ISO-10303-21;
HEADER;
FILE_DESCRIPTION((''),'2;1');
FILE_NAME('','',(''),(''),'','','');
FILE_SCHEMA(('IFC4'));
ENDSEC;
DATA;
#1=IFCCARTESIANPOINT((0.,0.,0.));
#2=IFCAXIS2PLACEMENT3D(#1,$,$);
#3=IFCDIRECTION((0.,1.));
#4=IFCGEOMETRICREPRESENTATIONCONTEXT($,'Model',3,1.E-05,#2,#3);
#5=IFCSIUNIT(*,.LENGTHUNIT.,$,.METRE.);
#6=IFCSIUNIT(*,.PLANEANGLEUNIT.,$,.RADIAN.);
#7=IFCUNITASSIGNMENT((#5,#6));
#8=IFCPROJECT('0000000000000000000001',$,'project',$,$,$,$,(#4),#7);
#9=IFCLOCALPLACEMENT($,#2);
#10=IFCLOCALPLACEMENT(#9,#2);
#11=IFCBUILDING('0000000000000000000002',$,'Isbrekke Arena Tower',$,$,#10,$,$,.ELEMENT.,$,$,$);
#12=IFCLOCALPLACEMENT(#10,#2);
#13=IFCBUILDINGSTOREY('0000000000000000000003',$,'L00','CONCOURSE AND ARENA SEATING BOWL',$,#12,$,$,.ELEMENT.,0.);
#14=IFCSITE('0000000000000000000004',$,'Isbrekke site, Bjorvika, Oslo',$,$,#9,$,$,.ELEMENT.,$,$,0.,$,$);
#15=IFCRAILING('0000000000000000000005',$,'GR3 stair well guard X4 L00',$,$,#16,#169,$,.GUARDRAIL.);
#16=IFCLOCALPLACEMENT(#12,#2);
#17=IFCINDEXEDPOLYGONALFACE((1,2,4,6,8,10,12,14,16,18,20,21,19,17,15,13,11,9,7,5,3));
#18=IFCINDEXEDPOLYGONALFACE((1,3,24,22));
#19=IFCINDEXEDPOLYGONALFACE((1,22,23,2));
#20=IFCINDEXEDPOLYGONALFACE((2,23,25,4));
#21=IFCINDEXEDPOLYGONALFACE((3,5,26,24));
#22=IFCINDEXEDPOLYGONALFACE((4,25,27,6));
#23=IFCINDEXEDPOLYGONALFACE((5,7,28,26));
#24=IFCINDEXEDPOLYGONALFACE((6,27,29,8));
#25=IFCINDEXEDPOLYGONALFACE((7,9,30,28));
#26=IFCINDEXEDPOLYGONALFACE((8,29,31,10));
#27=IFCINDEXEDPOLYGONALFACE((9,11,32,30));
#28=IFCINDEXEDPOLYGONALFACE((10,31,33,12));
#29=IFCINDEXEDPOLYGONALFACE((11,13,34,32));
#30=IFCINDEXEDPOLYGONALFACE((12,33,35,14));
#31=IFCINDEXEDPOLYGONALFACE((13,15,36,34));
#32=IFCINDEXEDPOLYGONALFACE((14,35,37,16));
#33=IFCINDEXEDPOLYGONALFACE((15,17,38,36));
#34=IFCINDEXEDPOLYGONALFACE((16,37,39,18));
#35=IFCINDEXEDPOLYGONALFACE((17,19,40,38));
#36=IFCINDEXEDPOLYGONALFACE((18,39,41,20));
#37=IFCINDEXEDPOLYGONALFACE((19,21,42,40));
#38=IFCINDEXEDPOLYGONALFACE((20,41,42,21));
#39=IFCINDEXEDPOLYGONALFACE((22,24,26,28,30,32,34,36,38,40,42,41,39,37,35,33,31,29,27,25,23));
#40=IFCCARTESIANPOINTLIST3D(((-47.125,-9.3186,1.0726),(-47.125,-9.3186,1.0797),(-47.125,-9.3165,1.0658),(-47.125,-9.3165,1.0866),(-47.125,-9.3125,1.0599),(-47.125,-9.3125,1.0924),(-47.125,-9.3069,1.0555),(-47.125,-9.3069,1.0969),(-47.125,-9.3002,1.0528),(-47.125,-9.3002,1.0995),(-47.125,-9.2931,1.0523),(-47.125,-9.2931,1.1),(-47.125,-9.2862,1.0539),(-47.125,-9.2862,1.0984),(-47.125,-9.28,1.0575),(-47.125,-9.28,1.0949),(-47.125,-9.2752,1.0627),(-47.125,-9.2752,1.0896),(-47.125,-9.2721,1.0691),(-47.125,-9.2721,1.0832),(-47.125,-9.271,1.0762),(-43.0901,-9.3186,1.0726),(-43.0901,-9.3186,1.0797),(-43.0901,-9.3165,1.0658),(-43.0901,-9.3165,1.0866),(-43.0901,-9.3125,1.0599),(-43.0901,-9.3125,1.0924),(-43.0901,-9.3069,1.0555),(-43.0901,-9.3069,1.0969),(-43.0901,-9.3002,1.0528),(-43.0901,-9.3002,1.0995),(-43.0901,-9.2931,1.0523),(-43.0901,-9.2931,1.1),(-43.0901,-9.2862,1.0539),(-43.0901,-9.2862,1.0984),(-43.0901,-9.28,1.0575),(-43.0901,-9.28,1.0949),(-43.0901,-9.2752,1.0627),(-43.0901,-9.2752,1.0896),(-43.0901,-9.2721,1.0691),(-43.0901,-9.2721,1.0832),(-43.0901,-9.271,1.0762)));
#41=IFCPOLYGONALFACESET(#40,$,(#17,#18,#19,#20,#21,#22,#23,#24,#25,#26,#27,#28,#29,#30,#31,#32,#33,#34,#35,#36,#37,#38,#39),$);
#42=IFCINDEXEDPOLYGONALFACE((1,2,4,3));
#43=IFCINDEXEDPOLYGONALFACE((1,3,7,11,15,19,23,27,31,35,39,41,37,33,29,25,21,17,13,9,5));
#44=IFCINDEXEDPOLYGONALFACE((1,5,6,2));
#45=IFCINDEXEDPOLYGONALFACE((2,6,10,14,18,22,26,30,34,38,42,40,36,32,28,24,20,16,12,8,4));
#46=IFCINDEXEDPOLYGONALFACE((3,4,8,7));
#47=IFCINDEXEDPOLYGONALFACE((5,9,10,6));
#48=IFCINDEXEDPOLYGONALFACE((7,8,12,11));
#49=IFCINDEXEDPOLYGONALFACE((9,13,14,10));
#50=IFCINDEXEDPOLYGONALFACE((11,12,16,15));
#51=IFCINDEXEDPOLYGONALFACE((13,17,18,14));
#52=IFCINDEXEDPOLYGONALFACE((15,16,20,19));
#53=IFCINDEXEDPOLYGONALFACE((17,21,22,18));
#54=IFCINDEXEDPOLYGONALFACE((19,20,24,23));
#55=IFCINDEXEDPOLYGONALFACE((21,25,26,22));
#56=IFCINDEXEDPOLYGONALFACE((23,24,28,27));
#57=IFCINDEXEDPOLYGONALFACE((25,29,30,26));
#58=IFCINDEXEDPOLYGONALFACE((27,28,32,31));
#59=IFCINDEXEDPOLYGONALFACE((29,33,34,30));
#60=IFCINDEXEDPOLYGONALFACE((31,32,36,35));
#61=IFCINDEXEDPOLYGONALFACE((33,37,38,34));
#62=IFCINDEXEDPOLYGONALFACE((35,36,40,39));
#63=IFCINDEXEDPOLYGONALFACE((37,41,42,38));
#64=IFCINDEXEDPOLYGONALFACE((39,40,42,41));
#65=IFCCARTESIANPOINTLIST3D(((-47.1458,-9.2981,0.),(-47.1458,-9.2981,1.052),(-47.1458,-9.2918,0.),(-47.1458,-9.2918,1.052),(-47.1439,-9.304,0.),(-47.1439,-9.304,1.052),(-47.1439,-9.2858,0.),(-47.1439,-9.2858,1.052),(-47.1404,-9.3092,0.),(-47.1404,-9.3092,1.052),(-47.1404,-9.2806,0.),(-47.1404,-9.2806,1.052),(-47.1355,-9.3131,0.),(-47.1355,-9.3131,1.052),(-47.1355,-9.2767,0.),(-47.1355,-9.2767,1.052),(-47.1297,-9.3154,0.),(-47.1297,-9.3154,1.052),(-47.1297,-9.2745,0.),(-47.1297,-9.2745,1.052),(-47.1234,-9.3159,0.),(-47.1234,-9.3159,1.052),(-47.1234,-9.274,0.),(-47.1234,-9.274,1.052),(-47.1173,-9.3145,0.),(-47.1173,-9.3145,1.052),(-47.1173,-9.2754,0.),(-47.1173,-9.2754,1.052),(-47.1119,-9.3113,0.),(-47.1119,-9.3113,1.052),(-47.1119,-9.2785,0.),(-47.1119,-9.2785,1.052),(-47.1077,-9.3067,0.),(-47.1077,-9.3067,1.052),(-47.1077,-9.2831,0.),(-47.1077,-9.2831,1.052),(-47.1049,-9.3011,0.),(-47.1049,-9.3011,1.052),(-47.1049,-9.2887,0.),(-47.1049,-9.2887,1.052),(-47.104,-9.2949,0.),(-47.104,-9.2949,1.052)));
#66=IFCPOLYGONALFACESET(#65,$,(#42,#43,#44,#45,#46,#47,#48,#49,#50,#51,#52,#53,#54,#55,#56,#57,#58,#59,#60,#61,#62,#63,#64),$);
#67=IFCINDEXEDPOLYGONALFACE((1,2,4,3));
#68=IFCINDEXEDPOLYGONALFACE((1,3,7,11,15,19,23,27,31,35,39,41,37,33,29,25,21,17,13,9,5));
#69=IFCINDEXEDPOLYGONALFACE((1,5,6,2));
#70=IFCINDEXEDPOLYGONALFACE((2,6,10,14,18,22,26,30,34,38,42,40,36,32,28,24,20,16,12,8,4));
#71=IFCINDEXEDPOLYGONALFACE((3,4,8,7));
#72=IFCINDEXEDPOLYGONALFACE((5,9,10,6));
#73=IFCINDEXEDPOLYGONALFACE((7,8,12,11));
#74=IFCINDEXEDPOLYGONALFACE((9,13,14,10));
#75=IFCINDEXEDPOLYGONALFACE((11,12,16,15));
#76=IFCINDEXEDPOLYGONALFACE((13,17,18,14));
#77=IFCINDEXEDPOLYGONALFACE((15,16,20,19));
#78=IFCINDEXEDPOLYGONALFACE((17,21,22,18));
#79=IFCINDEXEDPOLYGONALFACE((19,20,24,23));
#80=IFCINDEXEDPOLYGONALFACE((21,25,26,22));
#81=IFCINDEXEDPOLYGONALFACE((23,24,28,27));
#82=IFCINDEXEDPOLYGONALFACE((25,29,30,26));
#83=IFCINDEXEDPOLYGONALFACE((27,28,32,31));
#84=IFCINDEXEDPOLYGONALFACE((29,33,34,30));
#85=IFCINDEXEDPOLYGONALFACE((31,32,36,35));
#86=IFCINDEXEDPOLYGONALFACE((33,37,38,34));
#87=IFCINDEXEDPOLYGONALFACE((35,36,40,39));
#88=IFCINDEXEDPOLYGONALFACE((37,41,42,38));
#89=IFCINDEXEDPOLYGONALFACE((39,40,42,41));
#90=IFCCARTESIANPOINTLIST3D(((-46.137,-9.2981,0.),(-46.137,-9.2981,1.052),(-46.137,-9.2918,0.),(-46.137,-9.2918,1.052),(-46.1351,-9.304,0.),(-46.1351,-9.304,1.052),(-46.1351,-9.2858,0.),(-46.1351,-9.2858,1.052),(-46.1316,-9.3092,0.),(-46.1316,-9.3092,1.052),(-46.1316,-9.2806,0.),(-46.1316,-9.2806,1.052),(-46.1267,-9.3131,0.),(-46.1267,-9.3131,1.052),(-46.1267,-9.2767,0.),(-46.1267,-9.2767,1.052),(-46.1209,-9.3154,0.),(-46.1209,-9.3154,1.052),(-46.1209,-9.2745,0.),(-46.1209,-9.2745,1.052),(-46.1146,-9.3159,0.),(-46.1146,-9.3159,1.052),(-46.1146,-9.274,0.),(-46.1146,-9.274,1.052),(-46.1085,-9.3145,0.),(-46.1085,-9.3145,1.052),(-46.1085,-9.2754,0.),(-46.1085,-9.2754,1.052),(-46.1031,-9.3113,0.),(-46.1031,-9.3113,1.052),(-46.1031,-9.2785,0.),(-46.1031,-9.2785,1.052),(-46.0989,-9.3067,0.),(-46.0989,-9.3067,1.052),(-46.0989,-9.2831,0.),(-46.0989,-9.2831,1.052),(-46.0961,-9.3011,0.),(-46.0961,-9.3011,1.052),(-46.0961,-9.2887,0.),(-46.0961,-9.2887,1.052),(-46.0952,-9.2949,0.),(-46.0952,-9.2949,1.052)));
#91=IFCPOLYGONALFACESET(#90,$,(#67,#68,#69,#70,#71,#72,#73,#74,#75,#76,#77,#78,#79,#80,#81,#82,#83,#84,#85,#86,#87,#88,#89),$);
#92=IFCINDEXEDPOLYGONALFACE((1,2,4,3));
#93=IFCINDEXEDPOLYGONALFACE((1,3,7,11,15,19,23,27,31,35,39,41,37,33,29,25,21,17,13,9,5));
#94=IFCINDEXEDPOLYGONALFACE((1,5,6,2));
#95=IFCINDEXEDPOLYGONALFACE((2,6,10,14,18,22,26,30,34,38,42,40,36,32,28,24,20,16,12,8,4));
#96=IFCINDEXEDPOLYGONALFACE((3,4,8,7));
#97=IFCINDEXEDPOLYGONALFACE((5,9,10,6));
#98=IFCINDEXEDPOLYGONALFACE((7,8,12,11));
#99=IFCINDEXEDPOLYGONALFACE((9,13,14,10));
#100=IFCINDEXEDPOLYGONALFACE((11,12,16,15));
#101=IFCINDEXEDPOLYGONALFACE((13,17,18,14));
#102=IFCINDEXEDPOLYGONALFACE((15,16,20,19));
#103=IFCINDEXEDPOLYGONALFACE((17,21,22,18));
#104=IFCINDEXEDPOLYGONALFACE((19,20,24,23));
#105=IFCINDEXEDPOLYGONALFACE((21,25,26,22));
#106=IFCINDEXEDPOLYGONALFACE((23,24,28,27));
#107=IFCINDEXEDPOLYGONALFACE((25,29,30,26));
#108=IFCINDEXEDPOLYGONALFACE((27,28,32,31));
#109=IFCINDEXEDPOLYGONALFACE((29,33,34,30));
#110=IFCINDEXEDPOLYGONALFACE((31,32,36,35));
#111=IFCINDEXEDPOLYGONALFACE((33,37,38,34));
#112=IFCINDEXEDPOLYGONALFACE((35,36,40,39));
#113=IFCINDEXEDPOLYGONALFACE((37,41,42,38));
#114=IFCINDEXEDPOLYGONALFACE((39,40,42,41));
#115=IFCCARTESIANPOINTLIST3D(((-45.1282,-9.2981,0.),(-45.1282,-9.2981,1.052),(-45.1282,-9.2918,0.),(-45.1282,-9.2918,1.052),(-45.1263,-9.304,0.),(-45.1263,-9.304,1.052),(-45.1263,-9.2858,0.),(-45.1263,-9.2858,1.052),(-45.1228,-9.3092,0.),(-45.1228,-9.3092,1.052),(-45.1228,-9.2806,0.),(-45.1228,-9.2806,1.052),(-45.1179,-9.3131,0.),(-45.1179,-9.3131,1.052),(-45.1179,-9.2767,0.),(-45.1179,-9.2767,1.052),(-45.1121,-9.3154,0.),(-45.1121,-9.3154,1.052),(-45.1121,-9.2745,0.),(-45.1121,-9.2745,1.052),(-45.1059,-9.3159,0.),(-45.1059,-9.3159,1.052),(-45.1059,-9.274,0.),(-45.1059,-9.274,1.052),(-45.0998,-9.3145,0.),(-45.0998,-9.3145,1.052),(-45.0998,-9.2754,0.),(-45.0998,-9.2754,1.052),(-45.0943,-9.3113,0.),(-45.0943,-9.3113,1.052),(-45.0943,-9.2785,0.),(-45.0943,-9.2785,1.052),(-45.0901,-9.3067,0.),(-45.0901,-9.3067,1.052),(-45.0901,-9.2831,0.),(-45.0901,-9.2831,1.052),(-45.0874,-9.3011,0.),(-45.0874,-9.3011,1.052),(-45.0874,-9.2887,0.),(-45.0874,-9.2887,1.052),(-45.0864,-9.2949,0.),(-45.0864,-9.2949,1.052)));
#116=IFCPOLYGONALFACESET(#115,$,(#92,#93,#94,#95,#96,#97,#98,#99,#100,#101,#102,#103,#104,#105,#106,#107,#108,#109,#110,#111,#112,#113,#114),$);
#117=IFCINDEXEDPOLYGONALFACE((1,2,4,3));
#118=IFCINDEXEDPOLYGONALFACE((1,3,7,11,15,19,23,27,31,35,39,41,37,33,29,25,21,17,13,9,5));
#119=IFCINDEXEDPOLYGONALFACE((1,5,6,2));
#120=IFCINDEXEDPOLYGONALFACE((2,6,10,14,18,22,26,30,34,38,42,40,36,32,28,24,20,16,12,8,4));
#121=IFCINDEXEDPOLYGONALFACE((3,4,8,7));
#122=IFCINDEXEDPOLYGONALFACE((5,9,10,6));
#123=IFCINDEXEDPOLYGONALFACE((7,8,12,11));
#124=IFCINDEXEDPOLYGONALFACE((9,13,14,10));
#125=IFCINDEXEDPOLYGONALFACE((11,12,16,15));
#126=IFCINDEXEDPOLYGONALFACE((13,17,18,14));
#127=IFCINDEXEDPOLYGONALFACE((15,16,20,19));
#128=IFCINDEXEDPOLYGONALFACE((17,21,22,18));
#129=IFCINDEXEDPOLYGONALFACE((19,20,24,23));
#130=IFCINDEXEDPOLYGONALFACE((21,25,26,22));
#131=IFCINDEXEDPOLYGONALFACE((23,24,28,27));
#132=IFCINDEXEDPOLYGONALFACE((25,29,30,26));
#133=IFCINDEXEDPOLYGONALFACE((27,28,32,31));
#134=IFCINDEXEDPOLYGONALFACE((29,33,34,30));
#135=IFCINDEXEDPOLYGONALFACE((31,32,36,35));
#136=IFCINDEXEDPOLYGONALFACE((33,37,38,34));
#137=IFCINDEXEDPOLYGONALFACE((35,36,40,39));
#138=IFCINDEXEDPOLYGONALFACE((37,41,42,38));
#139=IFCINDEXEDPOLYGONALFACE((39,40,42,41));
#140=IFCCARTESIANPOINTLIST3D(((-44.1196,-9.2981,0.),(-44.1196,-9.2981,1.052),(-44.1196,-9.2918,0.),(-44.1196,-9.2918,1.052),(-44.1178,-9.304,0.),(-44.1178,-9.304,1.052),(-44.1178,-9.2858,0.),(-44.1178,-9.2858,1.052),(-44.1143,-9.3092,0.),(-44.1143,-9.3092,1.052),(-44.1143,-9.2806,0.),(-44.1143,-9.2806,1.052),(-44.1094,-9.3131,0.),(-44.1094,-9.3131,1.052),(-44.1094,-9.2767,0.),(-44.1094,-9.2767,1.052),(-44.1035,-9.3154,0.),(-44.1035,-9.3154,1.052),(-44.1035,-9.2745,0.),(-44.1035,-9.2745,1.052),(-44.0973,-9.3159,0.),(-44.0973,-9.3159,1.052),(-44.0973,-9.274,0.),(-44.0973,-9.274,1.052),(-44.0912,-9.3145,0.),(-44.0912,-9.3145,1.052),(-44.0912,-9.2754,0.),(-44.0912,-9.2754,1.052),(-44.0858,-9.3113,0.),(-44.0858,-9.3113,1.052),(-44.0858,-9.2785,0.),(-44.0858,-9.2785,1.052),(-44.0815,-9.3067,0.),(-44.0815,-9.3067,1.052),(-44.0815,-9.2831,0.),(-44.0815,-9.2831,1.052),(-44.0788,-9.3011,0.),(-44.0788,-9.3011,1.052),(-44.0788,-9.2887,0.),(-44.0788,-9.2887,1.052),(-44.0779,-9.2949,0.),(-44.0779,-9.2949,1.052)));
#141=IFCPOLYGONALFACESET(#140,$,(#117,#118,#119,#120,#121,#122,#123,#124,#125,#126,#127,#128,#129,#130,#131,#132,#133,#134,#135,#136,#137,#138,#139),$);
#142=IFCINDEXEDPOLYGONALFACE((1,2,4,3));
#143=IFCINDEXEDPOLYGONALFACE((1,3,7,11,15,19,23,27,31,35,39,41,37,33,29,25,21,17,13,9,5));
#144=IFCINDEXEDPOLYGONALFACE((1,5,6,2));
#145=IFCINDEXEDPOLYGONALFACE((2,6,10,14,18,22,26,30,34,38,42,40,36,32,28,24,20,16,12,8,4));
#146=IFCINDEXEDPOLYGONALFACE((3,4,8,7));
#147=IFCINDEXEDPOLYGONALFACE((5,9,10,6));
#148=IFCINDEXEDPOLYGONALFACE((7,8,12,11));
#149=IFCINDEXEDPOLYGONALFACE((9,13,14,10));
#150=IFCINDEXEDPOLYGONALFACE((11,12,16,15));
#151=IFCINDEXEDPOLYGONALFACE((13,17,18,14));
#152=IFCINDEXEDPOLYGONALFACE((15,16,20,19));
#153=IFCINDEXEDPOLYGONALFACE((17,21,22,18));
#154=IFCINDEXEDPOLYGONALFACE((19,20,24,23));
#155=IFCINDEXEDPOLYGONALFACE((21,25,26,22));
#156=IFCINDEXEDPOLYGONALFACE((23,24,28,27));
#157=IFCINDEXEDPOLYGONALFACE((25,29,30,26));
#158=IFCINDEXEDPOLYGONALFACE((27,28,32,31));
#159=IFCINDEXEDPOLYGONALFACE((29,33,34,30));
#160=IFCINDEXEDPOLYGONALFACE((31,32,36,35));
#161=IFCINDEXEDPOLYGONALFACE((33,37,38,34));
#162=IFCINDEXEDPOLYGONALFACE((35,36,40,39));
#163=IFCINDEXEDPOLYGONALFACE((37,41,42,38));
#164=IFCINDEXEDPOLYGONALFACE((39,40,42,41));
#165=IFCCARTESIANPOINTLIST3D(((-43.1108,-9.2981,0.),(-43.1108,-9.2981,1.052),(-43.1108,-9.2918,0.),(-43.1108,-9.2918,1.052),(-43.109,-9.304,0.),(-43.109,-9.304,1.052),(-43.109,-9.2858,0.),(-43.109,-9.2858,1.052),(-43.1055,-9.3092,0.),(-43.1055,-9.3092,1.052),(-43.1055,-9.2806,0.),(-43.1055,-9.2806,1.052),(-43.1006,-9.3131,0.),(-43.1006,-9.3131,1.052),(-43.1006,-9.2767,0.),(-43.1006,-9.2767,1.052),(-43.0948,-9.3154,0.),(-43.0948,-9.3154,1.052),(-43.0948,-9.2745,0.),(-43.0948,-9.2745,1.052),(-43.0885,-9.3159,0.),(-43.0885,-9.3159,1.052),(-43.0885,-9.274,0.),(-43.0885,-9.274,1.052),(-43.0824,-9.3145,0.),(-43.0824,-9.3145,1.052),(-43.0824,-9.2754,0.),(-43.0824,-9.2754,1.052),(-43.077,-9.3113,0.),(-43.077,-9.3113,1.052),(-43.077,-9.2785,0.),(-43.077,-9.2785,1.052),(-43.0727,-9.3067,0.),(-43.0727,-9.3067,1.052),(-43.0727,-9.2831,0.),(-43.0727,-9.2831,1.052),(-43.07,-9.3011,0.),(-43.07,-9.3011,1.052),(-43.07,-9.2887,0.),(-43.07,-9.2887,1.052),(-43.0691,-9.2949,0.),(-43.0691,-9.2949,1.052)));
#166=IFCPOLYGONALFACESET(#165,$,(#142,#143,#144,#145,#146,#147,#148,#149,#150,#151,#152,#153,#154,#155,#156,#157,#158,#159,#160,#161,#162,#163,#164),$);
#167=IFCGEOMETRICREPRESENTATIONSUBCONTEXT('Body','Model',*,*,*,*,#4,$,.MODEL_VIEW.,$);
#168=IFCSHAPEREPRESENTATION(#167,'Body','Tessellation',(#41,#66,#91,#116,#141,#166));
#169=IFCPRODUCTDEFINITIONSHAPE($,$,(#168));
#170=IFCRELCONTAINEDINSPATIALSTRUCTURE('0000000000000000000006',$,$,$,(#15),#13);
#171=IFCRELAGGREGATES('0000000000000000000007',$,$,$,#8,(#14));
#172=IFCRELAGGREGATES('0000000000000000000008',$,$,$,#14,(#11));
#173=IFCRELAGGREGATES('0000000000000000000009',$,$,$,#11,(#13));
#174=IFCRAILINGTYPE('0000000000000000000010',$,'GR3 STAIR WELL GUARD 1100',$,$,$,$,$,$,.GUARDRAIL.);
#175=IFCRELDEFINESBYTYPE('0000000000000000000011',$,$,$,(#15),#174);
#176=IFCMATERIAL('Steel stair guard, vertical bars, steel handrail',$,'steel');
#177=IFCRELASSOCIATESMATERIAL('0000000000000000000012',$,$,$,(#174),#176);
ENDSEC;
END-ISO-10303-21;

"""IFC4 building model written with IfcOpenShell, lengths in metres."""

from ifc_helpers import new_model, si_unit, direction, frame, origin, origin_2d, place, context, subcontext, project, spatial, circle, extrude, material, type_object, element, save


model = new_model("IFC4")

# Units and contexts
model_context = context("Model", 3, precision=1e-05, world=origin(), true_north=direction((0.0, 1.0)))
body_context = subcontext(model_context, "Body", "Model", "MODEL_VIEW")
ifc_project = project(units=[si_unit("LENGTHUNIT", "METRE"), si_unit("PLANEANGLEUNIT", "RADIAN")], contexts=[model_context])

# Site, building, storey
site_placement = place(None, origin())
site = spatial("IfcSite", under=ifc_project, at=site_placement, Name="Isbrekke site, Bjorvika, Oslo", CompositionType="ELEMENT", RefElevation=0.0)
building_placement = place(site_placement, origin())
building = spatial("IfcBuilding", under=site, at=building_placement, Name="Isbrekke Arena Tower", CompositionType="ELEMENT")
storey_placement = place(building_placement, origin())
storey = spatial("IfcBuildingStorey", under=building, at=storey_placement, Name="L00", Description="CONCOURSE AND ARENA SEATING BOWL", CompositionType="ELEMENT", Elevation=0.0)

# Railing
ifc_material_1 = material(Name="Steel stair guard, vertical bars, steel handrail", Category="steel")
railing_type_1 = type_object("IfcRailingType", Name="GR3 STAIR WELL GUARD 1100", PredefinedType="GUARDRAIL", material=ifc_material_1)
for number, where, name in (
    (1, (-47.125, -9.2949, 0.0), "GR3 stair well guard X4 L00"),
):
    element("IfcRailing", number, at=place(storey_placement, frame(where)), inside=storey, type_object=railing_type_1, Name=name, PredefinedType="GUARDRAIL", context=body_context, shape_type="SweptSolid", body=[
        extrude(circle(Radius=0.0239, at=origin_2d()), frame((0.0, 0.0, 1.0762), z_axis=(1.0, 0.0, 0.0), x_axis=(0.0, 1.0, 0.0)), (0.0, 0.0, 1.0), 4.0349),
        extrude(circle(Radius=0.021, at=origin_2d()), origin(), (0.0, 0.0, 1.0), 1.052),
        extrude(circle(Radius=0.021, at=origin_2d()), frame((1.0088, 0.0, 0.0)), (0.0, 0.0, 1.0), 1.052),
        extrude(circle(Radius=0.021, at=origin_2d()), frame((2.0176, 0.0, 0.0)), (0.0, 0.0, 1.0), 1.052),
        extrude(circle(Radius=0.021, at=origin_2d()), frame((3.0261, 0.0, 0.0)), (0.0, 0.0, 1.0), 1.052),
        extrude(circle(Radius=0.021, at=origin_2d()), frame((4.0349, 0.0, 0.0)), (0.0, 0.0, 1.0), 1.052),
    ])

save(model, "model.ifc")
